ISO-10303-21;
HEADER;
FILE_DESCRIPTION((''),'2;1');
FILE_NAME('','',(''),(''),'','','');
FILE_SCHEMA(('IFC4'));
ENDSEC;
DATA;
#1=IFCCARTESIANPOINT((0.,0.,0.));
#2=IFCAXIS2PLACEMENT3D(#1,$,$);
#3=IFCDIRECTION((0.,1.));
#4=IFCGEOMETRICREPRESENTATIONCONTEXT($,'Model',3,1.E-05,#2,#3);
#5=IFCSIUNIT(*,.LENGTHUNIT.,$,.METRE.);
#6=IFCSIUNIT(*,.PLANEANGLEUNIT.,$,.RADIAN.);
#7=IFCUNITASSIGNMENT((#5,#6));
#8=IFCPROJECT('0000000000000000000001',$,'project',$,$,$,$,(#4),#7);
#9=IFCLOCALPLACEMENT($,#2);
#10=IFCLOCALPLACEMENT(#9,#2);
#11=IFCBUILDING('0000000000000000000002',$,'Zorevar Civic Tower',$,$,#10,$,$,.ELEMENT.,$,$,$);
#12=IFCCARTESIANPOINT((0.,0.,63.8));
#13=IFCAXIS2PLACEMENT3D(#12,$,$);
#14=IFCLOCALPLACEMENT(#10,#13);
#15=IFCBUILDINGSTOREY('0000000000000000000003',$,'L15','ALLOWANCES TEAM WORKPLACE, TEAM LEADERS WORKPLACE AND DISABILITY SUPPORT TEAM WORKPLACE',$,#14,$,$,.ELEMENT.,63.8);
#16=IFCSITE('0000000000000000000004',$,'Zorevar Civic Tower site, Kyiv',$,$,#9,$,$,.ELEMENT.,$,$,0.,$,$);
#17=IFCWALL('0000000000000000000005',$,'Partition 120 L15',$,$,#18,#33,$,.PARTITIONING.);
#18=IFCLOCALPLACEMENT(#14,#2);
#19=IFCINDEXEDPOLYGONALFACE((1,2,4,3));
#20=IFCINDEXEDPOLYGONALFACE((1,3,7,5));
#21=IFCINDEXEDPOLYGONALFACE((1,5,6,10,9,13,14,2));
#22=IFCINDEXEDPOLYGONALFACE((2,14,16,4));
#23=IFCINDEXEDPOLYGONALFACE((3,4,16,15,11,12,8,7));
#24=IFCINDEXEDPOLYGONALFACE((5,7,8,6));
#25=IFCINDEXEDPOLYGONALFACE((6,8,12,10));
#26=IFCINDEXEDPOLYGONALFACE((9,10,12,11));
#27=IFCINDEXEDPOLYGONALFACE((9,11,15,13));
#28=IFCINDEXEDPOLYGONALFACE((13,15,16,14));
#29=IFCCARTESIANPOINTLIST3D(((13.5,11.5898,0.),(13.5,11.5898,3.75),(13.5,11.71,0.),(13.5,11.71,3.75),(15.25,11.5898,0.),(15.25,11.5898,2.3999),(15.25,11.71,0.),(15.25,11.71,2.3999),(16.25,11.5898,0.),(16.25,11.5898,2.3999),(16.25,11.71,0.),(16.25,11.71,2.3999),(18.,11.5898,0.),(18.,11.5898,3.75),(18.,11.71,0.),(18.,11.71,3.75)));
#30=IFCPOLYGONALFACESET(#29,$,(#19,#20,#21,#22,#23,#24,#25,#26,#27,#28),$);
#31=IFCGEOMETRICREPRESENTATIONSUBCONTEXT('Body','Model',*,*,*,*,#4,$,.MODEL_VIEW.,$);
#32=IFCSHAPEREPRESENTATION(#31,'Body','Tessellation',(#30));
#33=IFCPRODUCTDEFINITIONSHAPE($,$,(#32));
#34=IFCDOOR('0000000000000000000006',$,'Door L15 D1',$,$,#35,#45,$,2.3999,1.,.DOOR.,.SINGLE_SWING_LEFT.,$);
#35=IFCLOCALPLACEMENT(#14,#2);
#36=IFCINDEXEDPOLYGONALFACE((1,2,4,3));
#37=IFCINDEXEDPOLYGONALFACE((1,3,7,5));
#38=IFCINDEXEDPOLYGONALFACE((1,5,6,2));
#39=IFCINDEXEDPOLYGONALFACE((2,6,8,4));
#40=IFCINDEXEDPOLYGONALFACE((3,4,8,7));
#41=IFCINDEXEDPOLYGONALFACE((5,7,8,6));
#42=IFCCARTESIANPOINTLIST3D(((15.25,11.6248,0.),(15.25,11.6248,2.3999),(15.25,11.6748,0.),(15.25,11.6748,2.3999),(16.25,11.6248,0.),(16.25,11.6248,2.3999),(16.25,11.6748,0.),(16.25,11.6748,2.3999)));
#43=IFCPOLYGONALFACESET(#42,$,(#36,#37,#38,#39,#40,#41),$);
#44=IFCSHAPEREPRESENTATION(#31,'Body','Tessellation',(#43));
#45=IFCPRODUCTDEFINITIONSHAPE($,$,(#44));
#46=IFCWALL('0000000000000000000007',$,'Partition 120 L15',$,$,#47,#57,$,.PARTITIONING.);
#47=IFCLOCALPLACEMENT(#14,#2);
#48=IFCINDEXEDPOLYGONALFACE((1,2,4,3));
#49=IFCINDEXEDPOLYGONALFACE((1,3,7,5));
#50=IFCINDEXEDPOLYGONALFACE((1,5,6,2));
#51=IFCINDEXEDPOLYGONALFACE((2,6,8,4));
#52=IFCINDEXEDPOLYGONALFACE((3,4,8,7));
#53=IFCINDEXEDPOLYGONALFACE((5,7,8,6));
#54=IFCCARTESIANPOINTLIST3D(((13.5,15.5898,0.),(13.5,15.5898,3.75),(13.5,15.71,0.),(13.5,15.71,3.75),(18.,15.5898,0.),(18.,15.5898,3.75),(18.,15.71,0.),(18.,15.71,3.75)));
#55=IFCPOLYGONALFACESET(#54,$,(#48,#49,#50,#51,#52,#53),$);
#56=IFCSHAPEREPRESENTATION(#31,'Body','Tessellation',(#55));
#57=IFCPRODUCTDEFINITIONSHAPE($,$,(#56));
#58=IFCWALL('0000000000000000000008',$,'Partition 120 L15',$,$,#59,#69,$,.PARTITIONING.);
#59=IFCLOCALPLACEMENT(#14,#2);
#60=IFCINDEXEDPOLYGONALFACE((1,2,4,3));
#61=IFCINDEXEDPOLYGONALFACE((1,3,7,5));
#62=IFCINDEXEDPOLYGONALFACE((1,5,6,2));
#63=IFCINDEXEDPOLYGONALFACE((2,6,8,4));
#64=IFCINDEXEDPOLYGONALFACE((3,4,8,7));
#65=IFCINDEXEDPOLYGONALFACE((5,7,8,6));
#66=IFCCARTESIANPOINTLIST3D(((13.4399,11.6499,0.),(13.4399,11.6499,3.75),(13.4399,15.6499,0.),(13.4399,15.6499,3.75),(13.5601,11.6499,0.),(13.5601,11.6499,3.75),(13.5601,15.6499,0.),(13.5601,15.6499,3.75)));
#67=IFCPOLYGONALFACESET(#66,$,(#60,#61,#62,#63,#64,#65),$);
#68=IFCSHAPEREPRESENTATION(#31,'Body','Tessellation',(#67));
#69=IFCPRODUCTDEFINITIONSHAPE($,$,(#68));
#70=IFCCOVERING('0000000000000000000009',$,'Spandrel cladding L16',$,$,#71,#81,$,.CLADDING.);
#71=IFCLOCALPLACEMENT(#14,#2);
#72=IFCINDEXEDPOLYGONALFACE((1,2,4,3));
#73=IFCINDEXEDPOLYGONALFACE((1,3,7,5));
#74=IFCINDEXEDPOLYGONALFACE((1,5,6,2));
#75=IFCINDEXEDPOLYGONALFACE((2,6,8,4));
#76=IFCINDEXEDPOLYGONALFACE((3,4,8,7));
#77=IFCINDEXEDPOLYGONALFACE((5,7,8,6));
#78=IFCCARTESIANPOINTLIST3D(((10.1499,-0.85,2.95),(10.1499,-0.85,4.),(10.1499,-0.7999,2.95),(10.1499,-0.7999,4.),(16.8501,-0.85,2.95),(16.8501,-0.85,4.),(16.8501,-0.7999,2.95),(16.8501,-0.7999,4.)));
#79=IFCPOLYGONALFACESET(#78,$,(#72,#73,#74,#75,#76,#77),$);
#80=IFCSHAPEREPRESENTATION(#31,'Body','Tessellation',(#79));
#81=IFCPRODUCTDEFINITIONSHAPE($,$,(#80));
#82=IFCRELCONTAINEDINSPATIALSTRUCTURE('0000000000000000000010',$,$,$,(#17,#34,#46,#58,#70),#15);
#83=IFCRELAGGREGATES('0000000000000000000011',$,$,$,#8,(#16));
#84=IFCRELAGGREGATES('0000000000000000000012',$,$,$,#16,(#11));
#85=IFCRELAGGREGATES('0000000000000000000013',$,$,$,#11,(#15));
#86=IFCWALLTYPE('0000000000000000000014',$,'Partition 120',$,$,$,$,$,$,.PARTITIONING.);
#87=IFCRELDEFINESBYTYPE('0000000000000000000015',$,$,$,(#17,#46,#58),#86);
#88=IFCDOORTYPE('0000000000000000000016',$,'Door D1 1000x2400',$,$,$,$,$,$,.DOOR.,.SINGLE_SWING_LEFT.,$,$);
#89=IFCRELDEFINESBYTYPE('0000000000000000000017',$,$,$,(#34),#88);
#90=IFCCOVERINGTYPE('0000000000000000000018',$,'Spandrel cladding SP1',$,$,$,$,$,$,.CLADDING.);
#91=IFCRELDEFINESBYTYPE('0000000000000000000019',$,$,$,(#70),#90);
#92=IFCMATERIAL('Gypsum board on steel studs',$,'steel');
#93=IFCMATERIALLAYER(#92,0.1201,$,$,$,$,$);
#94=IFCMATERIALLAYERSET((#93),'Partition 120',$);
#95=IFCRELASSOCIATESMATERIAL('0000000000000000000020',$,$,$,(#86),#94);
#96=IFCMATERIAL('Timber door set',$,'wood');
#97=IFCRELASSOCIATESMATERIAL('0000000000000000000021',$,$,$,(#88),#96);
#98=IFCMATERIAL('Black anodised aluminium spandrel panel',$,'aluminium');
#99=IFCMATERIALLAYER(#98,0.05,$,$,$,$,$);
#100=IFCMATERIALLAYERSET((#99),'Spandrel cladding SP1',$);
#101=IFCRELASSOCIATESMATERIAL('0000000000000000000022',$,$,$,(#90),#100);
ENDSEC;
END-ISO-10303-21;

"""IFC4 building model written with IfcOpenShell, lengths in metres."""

from ifc_helpers import new_model, si_unit, direction, frame, frame_2d, origin, place, context, subcontext, project, spatial, rectangle, extrude, material, layer, layer_set, type_object, element, fill, save


model = new_model("IFC4")

# Units and contexts
model_context = context("Model", 3, precision=1e-05, world=origin(), true_north=direction((0.0, 1.0)))
body_context = subcontext(model_context, "Body", "Model", "MODEL_VIEW")
ifc_project = project(units=[si_unit("LENGTHUNIT", "METRE"), si_unit("PLANEANGLEUNIT", "RADIAN")], contexts=[model_context])

# Site, building, storey
site_placement = place(None, origin())
site = spatial("IfcSite", under=ifc_project, at=site_placement, Name="Zorevar Civic Tower site, Kyiv", CompositionType="ELEMENT", RefElevation=0.0)
building_placement = place(site_placement, origin())
building = spatial("IfcBuilding", under=site, at=building_placement, Name="Zorevar Civic Tower", CompositionType="ELEMENT")
storey_placement = place(building_placement, frame((0.0, 0.0, 63.8)))
storey = spatial("IfcBuildingStorey", under=building, at=storey_placement, Name="L15", Description="ALLOWANCES TEAM WORKPLACE, TEAM LEADERS WORKPLACE AND DISABILITY SUPPORT TEAM WORKPLACE", CompositionType="ELEMENT", Elevation=63.8)

# Wall, opening, door
ifc_material_1 = material(Name="Gypsum board on steel studs", Category="steel")
ifc_layer_1 = layer(ifc_material_1, 0.1201)
ifc_layer_set_1 = layer_set([ifc_layer_1], Name="Partition 120")
wall_type = type_object("IfcWallType", Name="Partition 120", PredefinedType="PARTITIONING", material=ifc_layer_set_1)
wall_1_placement = place(storey_placement, frame((13.5, 11.6499, 0.0), z_axis=(0.0, 0.0, 1.0), x_axis=(1.0, 0.0, 0.0)))
wall_1 = element("IfcWall", 1, at=wall_1_placement, inside=storey, type_object=wall_type, Name="Partition 120 L15", PredefinedType="PARTITIONING", context=body_context, shape_type="SweptSolid", body=[
    extrude(rectangle(XDim=4.5, YDim=0.1201, at=frame_2d((2.25, 0.0))), origin(), (0.0, 0.0, 1.0), 3.75),
])
opening_placement = place(wall_1_placement, frame((1.75, 0.0, 0.0)))
opening = element("IfcOpeningElement", 2, at=opening_placement, cuts=wall_1, PredefinedType="OPENING", context=body_context, shape_type="SweptSolid", body=[
    extrude(rectangle(XDim=1.0, YDim=2.3999, at=frame_2d((0.5, 1.2))), frame((0.0, 0.0701, 0.0), z_axis=(0.0, -1.0, 0.0), x_axis=(1.0, 0.0, 0.0)), (0.0, 0.0, 1.0), 0.1401),
])
ifc_material_2 = material(Name="Timber door set", Category="wood")
door_type = type_object("IfcDoorType", Name="Door D1 1000x2400", OperationType="SINGLE_SWING_LEFT", PredefinedType="DOOR", material=ifc_material_2)
door_placement = place(opening_placement, origin())
door = element("IfcDoor", 3, at=door_placement, inside=storey, type_object=door_type, Name="Door L15 D1", OperationType="SINGLE_SWING_LEFT", OverallHeight=2.3999, OverallWidth=1.0, PredefinedType="DOOR", context=body_context, shape_type="SweptSolid", body=[
    extrude(rectangle(XDim=1.0, YDim=2.3999, at=frame_2d((0.5, 1.2))), frame((0.0, 0.0249, 0.0), z_axis=(0.0, -1.0, 0.0), x_axis=(1.0, 0.0, 0.0)), (0.0, 0.0, 1.0), 0.05),
])
fill(opening, door)

# Walls
wall_2_placement = place(storey_placement, frame((13.5, 15.6499, 0.0), z_axis=(0.0, 0.0, 1.0), x_axis=(1.0, 0.0, 0.0)))
element("IfcWall", 4, at=wall_2_placement, inside=storey, type_object=wall_type, Name="Partition 120 L15", PredefinedType="PARTITIONING", context=body_context, shape_type="SweptSolid", body=[
    extrude(rectangle(XDim=4.5, YDim=0.1201, at=frame_2d((2.25, 0.0))), origin(), (0.0, 0.0, 1.0), 3.75),
])
wall_3_placement = place(storey_placement, frame((13.5, 11.6499, 0.0), z_axis=(0.0, 0.0, 1.0), x_axis=(0.0, 1.0, 0.0)))
element("IfcWall", 5, at=wall_3_placement, inside=storey, type_object=wall_type, Name="Partition 120 L15", PredefinedType="PARTITIONING", context=body_context, shape_type="SweptSolid", body=[
    extrude(rectangle(XDim=4.0, YDim=0.1201, at=frame_2d((2.0, 0.0))), origin(), (0.0, 0.0, 1.0), 3.75),
])

# Covering
ifc_material_3 = material(Name="Black anodised aluminium spandrel panel", Category="aluminium")
ifc_layer_2 = layer(ifc_material_3, 0.05)
ifc_layer_set_2 = layer_set([ifc_layer_2], Name="Spandrel cladding SP1")
covering_type = type_object("IfcCoveringType", Name="Spandrel cladding SP1", PredefinedType="CLADDING", material=ifc_layer_set_2)
covering_placement = place(storey_placement, frame((10.1499, -0.825, 2.95), z_axis=(0.0, 0.0, 1.0), x_axis=(1.0, 0.0, 0.0)))
element("IfcCovering", 6, at=covering_placement, inside=storey, type_object=covering_type, Name="Spandrel cladding L16", PredefinedType="CLADDING", context=body_context, shape_type="SweptSolid", body=[
    extrude(rectangle(XDim=6.7002, YDim=0.05, at=frame_2d((3.3501, 0.0))), origin(), (0.0, 0.0, 1.0), 1.05),
])

save(model, "model.ifc")
